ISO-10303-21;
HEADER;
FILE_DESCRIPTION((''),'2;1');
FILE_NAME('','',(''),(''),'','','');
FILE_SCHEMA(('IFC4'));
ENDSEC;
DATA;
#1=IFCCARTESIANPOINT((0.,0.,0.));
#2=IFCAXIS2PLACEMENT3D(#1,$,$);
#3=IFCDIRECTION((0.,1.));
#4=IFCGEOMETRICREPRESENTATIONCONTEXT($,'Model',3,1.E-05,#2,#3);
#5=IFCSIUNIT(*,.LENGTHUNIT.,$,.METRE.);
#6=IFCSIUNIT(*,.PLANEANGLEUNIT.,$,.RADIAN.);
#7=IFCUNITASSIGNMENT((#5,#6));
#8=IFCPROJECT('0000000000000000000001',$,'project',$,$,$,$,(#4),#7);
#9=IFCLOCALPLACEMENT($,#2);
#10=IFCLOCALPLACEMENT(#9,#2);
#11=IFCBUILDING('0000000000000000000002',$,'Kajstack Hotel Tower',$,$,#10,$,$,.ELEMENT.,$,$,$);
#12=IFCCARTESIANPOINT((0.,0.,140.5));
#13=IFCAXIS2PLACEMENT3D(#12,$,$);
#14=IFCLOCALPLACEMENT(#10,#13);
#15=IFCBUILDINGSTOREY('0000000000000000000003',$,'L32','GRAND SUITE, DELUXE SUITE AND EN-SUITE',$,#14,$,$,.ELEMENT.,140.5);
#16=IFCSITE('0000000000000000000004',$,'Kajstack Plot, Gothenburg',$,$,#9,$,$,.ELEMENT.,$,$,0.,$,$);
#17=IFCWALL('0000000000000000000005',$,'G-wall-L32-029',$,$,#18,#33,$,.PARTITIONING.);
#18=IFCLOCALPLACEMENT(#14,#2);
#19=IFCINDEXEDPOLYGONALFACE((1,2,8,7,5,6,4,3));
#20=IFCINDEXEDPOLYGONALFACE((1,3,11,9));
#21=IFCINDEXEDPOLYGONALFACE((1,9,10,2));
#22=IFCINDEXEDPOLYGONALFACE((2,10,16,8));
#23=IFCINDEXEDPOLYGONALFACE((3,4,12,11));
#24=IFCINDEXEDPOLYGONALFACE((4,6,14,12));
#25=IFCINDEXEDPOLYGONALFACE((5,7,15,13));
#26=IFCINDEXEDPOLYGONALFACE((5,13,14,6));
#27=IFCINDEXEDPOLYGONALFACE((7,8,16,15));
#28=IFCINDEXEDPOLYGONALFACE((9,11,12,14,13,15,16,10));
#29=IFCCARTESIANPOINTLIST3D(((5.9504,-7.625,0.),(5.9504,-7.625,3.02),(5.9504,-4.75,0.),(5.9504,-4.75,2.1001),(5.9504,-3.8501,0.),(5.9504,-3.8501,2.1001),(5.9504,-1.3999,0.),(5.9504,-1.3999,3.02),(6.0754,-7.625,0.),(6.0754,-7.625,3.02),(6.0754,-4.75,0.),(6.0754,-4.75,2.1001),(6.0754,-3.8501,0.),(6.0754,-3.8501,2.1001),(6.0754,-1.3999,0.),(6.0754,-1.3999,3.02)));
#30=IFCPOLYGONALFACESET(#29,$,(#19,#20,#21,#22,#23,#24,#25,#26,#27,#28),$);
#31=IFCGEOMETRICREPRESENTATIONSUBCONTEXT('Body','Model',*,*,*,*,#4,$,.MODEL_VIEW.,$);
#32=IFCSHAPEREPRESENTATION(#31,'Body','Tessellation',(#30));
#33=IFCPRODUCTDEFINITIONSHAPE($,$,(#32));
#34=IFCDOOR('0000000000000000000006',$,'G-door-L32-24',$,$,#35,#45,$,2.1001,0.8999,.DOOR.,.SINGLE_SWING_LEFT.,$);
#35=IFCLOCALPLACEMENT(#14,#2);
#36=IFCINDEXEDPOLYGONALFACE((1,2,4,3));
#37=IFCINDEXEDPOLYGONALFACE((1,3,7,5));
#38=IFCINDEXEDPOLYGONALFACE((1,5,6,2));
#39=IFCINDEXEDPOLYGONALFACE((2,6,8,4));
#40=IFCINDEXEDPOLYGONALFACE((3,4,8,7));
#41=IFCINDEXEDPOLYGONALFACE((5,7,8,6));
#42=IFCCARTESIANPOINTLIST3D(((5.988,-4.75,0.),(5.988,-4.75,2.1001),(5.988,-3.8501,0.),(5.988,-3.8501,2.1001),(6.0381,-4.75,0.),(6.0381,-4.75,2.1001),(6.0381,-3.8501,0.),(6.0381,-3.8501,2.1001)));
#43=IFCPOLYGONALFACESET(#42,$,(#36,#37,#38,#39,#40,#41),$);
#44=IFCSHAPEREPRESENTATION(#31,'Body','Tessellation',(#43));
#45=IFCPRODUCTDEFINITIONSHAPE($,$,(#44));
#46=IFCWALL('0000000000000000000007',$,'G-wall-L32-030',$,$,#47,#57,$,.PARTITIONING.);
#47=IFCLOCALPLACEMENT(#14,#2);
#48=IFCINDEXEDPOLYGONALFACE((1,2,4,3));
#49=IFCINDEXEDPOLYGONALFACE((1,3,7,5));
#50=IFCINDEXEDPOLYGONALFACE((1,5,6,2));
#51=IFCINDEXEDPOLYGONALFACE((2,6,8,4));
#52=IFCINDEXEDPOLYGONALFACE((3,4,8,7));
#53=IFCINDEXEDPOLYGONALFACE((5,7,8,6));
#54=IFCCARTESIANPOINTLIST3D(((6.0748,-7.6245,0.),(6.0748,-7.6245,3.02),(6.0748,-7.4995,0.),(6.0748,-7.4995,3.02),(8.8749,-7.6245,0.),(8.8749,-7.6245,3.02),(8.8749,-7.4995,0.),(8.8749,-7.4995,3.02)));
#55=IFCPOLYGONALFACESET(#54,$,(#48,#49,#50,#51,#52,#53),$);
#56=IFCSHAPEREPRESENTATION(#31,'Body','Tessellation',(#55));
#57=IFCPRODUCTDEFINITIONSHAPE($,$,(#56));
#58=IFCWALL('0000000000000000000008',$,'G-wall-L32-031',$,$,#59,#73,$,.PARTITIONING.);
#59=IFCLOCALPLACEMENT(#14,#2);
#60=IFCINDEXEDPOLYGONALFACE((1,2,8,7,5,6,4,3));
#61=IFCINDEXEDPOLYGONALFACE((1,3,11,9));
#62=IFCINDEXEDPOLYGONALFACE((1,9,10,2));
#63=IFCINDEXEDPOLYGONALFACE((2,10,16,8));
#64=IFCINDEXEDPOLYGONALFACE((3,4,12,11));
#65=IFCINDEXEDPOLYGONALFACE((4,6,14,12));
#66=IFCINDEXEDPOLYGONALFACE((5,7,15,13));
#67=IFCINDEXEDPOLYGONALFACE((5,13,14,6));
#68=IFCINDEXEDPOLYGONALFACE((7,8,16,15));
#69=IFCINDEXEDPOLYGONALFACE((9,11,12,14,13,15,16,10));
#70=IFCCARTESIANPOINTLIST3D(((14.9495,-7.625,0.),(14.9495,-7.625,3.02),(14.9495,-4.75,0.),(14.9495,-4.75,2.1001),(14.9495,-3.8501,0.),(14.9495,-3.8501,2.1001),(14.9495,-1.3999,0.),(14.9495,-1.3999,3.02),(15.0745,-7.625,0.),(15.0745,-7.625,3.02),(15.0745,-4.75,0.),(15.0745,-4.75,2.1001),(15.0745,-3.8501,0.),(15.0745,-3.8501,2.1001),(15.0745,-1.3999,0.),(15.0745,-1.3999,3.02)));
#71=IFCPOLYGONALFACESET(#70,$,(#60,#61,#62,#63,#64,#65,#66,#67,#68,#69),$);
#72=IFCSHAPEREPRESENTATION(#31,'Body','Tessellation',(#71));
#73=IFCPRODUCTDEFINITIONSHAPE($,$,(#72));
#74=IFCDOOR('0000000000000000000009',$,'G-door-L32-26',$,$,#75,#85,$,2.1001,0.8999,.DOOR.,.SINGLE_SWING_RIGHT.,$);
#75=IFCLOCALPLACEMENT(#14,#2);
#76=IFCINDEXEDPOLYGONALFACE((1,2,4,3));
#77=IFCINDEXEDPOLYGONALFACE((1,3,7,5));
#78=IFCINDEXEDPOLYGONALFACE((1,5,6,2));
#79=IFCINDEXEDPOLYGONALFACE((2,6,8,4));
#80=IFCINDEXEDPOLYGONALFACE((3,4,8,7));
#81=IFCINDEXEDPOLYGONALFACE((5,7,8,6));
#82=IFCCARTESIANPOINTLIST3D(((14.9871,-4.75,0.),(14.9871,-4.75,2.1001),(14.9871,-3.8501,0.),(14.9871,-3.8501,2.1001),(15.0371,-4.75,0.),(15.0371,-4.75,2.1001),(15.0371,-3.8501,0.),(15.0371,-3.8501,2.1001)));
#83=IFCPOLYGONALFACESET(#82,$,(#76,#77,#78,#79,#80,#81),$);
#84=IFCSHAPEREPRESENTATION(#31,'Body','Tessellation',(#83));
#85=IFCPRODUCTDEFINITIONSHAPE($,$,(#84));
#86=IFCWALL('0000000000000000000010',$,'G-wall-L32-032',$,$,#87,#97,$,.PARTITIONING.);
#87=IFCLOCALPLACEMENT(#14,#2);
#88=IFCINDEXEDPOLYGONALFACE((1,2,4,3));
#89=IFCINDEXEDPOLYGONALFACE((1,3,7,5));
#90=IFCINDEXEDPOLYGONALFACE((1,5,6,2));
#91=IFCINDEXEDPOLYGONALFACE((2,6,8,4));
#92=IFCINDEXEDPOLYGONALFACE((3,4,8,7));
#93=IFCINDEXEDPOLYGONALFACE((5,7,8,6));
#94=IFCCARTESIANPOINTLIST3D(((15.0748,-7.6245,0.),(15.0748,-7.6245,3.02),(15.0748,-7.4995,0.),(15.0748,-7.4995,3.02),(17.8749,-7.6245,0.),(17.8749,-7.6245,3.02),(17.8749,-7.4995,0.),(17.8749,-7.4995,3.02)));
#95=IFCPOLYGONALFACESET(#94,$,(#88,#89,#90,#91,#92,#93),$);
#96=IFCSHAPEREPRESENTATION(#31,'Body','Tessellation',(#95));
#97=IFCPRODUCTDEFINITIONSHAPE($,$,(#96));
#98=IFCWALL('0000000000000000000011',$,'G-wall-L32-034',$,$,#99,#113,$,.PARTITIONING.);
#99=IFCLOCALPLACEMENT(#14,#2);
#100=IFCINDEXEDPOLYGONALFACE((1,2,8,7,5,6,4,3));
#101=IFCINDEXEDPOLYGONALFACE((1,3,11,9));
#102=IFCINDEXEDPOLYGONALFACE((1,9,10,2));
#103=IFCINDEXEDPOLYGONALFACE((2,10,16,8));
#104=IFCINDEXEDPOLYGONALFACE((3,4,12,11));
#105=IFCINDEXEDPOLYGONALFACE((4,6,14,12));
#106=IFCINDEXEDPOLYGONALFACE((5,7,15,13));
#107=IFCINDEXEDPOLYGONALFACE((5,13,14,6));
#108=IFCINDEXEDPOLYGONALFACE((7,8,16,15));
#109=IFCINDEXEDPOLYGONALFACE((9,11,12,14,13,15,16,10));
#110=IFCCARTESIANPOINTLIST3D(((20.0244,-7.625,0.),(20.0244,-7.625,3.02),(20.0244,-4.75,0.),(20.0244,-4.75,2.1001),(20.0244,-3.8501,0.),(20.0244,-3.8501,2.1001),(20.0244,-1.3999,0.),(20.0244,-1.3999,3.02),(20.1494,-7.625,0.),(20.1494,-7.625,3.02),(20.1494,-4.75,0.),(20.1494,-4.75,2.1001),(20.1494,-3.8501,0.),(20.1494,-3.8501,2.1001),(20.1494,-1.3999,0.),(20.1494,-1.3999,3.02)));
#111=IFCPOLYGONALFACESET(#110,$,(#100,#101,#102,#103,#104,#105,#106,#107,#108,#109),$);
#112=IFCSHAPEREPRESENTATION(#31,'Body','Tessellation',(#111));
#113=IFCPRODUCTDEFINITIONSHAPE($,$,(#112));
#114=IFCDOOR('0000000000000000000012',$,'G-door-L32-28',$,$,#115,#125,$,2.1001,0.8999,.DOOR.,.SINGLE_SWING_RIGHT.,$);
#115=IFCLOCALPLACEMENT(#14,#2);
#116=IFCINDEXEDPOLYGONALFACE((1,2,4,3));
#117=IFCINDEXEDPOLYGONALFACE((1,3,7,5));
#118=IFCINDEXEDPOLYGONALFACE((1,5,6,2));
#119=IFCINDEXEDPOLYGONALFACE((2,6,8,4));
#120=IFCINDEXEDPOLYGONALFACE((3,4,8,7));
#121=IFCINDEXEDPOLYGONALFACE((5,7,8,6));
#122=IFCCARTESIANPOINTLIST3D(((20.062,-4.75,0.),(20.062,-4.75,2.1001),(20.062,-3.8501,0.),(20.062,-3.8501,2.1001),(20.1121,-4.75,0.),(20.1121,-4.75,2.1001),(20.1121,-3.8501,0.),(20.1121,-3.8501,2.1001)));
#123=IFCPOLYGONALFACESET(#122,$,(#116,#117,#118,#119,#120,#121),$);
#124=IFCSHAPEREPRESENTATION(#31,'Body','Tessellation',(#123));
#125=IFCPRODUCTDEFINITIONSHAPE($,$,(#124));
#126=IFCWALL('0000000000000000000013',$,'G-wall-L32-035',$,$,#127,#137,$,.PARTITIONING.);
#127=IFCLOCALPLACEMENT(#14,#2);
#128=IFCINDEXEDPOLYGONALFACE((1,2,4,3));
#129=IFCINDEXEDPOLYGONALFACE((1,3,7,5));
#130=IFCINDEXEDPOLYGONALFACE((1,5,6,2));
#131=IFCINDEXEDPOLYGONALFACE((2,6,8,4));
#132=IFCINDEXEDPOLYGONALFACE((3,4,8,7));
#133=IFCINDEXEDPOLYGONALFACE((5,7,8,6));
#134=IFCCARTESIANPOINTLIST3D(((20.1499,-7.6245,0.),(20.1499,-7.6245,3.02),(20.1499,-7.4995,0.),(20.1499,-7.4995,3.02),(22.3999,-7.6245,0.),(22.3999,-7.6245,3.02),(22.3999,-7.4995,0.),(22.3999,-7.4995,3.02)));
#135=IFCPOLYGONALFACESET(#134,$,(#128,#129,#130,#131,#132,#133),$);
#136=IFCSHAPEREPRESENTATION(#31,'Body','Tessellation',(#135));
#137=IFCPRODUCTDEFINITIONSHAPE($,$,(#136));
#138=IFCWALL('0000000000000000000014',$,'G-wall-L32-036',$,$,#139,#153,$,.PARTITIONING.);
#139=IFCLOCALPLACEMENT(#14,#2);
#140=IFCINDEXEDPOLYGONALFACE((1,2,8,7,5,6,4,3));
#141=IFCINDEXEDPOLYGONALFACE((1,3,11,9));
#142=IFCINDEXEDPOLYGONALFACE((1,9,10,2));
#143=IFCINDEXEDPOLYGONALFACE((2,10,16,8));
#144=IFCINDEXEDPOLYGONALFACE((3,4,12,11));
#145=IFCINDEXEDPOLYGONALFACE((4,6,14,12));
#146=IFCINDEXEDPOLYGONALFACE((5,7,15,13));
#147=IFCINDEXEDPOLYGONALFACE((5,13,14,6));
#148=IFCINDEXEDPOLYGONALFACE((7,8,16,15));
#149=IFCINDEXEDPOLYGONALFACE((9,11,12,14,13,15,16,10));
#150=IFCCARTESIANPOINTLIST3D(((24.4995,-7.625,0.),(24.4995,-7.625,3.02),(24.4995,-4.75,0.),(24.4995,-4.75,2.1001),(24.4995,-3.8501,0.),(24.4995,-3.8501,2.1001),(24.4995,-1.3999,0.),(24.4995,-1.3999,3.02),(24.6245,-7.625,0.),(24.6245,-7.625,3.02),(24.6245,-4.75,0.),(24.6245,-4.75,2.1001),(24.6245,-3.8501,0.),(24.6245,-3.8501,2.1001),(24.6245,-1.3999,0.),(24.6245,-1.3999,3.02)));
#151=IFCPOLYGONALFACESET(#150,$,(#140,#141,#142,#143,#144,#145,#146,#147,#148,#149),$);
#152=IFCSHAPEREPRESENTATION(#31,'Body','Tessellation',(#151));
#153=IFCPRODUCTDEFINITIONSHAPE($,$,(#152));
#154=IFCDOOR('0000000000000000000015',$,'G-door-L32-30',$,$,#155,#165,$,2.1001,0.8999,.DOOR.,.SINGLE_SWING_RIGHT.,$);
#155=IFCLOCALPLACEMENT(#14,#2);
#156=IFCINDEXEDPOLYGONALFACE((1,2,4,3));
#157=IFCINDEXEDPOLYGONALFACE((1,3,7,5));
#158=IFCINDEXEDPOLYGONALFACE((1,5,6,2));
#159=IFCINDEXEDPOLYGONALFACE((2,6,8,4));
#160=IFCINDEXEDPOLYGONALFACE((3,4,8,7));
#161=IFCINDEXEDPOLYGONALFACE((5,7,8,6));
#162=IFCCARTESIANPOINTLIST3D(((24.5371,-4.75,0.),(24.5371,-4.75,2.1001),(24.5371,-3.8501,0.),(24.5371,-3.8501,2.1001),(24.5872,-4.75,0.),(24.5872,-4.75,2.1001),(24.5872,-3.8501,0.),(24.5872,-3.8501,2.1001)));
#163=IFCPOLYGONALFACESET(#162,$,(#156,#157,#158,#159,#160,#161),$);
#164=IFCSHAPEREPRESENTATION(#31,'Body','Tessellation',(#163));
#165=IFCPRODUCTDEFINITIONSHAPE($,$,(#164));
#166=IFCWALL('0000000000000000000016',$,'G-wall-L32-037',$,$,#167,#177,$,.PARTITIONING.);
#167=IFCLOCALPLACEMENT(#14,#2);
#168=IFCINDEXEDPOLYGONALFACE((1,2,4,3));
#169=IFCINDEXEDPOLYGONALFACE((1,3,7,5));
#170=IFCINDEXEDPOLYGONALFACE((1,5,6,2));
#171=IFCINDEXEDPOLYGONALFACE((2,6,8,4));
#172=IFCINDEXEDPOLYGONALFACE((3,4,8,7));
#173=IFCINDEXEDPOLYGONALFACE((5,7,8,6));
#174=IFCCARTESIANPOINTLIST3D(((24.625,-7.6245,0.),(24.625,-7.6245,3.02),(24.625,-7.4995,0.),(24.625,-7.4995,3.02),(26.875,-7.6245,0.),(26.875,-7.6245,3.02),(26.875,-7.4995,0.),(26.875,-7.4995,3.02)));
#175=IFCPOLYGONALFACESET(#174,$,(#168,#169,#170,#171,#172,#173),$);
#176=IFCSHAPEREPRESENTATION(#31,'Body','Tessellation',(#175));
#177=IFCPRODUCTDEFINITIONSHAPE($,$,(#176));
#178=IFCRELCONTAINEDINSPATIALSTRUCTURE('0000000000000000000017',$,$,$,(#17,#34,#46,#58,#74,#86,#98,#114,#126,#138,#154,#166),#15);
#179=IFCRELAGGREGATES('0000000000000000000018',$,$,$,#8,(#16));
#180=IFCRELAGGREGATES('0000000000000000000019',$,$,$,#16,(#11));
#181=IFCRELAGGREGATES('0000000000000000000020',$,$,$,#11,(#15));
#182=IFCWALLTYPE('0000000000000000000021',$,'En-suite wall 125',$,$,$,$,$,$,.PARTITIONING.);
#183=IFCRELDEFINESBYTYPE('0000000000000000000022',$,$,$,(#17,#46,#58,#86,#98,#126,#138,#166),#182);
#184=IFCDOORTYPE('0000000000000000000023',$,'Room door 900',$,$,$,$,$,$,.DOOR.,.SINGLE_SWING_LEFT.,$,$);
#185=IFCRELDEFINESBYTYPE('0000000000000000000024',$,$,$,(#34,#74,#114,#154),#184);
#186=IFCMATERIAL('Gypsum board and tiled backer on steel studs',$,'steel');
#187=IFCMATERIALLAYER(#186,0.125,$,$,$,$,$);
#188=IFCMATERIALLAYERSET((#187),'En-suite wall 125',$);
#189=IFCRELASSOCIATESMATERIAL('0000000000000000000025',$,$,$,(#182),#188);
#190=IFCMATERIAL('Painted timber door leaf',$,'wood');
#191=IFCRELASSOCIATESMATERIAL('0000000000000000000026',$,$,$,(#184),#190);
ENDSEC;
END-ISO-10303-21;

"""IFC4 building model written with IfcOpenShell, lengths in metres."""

from ifc_helpers import new_model, si_unit, direction, frame, frame_2d, origin, place, context, subcontext, project, spatial, rectangle, extrude, material, layer, layer_set, type_object, element, fill, save


model = new_model("IFC4")

# Units and contexts
model_context = context("Model", 3, precision=1e-05, world=origin(), true_north=direction((0.0, 1.0)))
body_context = subcontext(model_context, "Body", "Model", "MODEL_VIEW")
ifc_project = project(units=[si_unit("LENGTHUNIT", "METRE"), si_unit("PLANEANGLEUNIT", "RADIAN")], contexts=[model_context])

# Site, building, storey
site_placement = place(None, origin())
site = spatial("IfcSite", under=ifc_project, at=site_placement, Name="Kajstack Plot, Gothenburg", CompositionType="ELEMENT", RefElevation=0.0)
building_placement = place(site_placement, origin())
building = spatial("IfcBuilding", under=site, at=building_placement, Name="Kajstack Hotel Tower", CompositionType="ELEMENT")
storey_placement = place(building_placement, frame((0.0, 0.0, 140.5)))
storey = spatial("IfcBuildingStorey", under=building, at=storey_placement, Name="L32", Description="GRAND SUITE, DELUXE SUITE AND EN-SUITE", CompositionType="ELEMENT", Elevation=140.5)

# Wall, opening, door
ifc_material_1 = material(Name="Gypsum board and tiled backer on steel studs", Category="steel")
ifc_layer_1 = layer(ifc_material_1, 0.125)
ifc_layer_set_1 = layer_set([ifc_layer_1], Name="En-suite wall 125")
wall_type_1 = type_object("IfcWallType", Name="En-suite wall 125", PredefinedType="PARTITIONING", material=ifc_layer_set_1)
ifc_material_2 = material(Name="Painted timber door leaf", Category="wood")
door_type_1 = type_object("IfcDoorType", Name="Room door 900", OperationType="SINGLE_SWING_LEFT", PredefinedType="DOOR", material=ifc_material_2)
wall_1_placement = place(storey_placement, frame((6.0129, -7.625, 0.0), z_axis=(0.0, 0.0, 1.0), x_axis=(0.0, 1.0, 0.0)))
wall_1 = element("IfcWall", 1, at=wall_1_placement, inside=storey, type_object=wall_type_1, Name="G-wall-L32-029", PredefinedType="PARTITIONING", context=body_context, shape_type="SweptSolid", body=[
    extrude(rectangle(XDim=6.2251, YDim=0.125, at=frame_2d((3.1125, 0.0))), origin(), (0.0, 0.0, 1.0), 3.02),
])
opening_1_placement = place(wall_1_placement, frame((2.875, 0.0, 0.0)))
opening_1 = element("IfcOpeningElement", 2, at=opening_1_placement, cuts=wall_1, PredefinedType="OPENING", context=body_context, shape_type="SweptSolid", body=[
    extrude(rectangle(XDim=0.8999, YDim=2.1001, at=frame_2d((0.45, 1.05))), frame((0.0, 0.0725, 0.0), z_axis=(0.0, -1.0, 0.0), x_axis=(1.0, 0.0, 0.0)), (0.0, 0.0, 1.0), 0.145),
])
door_1_placement = place(opening_1_placement, origin())
door_1 = element("IfcDoor", 3, at=door_1_placement, inside=storey, type_object=door_type_1, Name="G-door-L32-24", OperationType="SINGLE_SWING_LEFT", OverallHeight=2.1001, OverallWidth=0.8999, PredefinedType="DOOR", context=body_context, shape_type="SweptSolid", body=[
    extrude(rectangle(XDim=0.8999, YDim=2.1001, at=frame_2d((0.45, 1.05))), frame((0.0, 0.0249, 0.0), z_axis=(0.0, -1.0, 0.0), x_axis=(1.0, 0.0, 0.0)), (0.0, 0.0, 1.0), 0.05),
])
fill(opening_1, door_1)

# Wall
wall_2_placement = place(storey_placement, frame((6.075, -7.562, 0.0), z_axis=(0.0, 0.0, 1.0), x_axis=(1.0, 0.0, 0.0)))
element("IfcWall", 4, at=wall_2_placement, inside=storey, type_object=wall_type_1, Name="G-wall-L32-030", PredefinedType="PARTITIONING", context=body_context, shape_type="SweptSolid", body=[
    extrude(rectangle(XDim=2.8, YDim=0.125, at=frame_2d((1.3999, 0.0))), origin(), (0.0, 0.0, 1.0), 3.02),
])

# Wall, opening, door
wall_3_placement = place(storey_placement, frame((15.012, -7.625, 0.0), z_axis=(0.0, 0.0, 1.0), x_axis=(0.0, 1.0, 0.0)))
wall_3 = element("IfcWall", 5, at=wall_3_placement, inside=storey, type_object=wall_type_1, Name="G-wall-L32-031", PredefinedType="PARTITIONING", context=body_context, shape_type="SweptSolid", body=[
    extrude(rectangle(XDim=6.2251, YDim=0.125, at=frame_2d((3.1125, 0.0))), origin(), (0.0, 0.0, 1.0), 3.02),
])
opening_2_placement = place(wall_3_placement, frame((2.875, 0.0, 0.0)))
opening_2 = element("IfcOpeningElement", 6, at=opening_2_placement, cuts=wall_3, PredefinedType="OPENING", context=body_context, shape_type="SweptSolid", body=[
    extrude(rectangle(XDim=0.8999, YDim=2.1001, at=frame_2d((0.45, 1.05))), frame((0.0, 0.0725, 0.0), z_axis=(0.0, -1.0, 0.0), x_axis=(1.0, 0.0, 0.0)), (0.0, 0.0, 1.0), 0.145),
])
door_2_placement = place(opening_2_placement, origin())
door_2 = element("IfcDoor", 7, at=door_2_placement, inside=storey, type_object=door_type_1, Name="G-door-L32-26", OperationType="SINGLE_SWING_RIGHT", OverallHeight=2.1001, OverallWidth=0.8999, PredefinedType="DOOR", context=body_context, shape_type="SweptSolid", body=[
    extrude(rectangle(XDim=0.8999, YDim=2.1001, at=frame_2d((0.45, 1.05))), frame((0.0, 0.0249, 0.0), z_axis=(0.0, -1.0, 0.0), x_axis=(1.0, 0.0, 0.0)), (0.0, 0.0, 1.0), 0.05),
])
fill(opening_2, door_2)

# Wall
wall_4_placement = place(storey_placement, frame((15.075, -7.562, 0.0), z_axis=(0.0, 0.0, 1.0), x_axis=(1.0, 0.0, 0.0)))
element("IfcWall", 8, at=wall_4_placement, inside=storey, type_object=wall_type_1, Name="G-wall-L32-032", PredefinedType="PARTITIONING", context=body_context, shape_type="SweptSolid", body=[
    extrude(rectangle(XDim=2.8, YDim=0.125, at=frame_2d((1.3999, 0.0))), origin(), (0.0, 0.0, 1.0), 3.02),
])

# Wall, opening, door
wall_5_placement = place(storey_placement, frame((20.0869, -7.625, 0.0), z_axis=(0.0, 0.0, 1.0), x_axis=(0.0, 1.0, 0.0)))
wall_5 = element("IfcWall", 9, at=wall_5_placement, inside=storey, type_object=wall_type_1, Name="G-wall-L32-034", PredefinedType="PARTITIONING", context=body_context, shape_type="SweptSolid", body=[
    extrude(rectangle(XDim=6.2251, YDim=0.125, at=frame_2d((3.1125, 0.0))), origin(), (0.0, 0.0, 1.0), 3.02),
])
opening_3_placement = place(wall_5_placement, frame((2.875, 0.0, 0.0)))
opening_3 = element("IfcOpeningElement", 10, at=opening_3_placement, cuts=wall_5, PredefinedType="OPENING", context=body_context, shape_type="SweptSolid", body=[
    extrude(rectangle(XDim=0.8999, YDim=2.1001, at=frame_2d((0.45, 1.05))), frame((0.0, 0.0725, 0.0), z_axis=(0.0, -1.0, 0.0), x_axis=(1.0, 0.0, 0.0)), (0.0, 0.0, 1.0), 0.145),
])
door_3_placement = place(opening_3_placement, origin())
door_3 = element("IfcDoor", 11, at=door_3_placement, inside=storey, type_object=door_type_1, Name="G-door-L32-28", OperationType="SINGLE_SWING_RIGHT", OverallHeight=2.1001, OverallWidth=0.8999, PredefinedType="DOOR", context=body_context, shape_type="SweptSolid", body=[
    extrude(rectangle(XDim=0.8999, YDim=2.1001, at=frame_2d((0.45, 1.05))), frame((0.0, 0.0249, 0.0), z_axis=(0.0, -1.0, 0.0), x_axis=(1.0, 0.0, 0.0)), (0.0, 0.0, 1.0), 0.05),
])
fill(opening_3, door_3)

# Wall
wall_6_placement = place(storey_placement, frame((20.1499, -7.562, 0.0), z_axis=(0.0, 0.0, 1.0), x_axis=(1.0, 0.0, 0.0)))
element("IfcWall", 12, at=wall_6_placement, inside=storey, type_object=wall_type_1, Name="G-wall-L32-035", PredefinedType="PARTITIONING", context=body_context, shape_type="SweptSolid", body=[
    extrude(rectangle(XDim=2.25, YDim=0.125, at=frame_2d((1.125, 0.0))), origin(), (0.0, 0.0, 1.0), 3.02),
])

# Wall, opening, door
wall_7_placement = place(storey_placement, frame((24.562, -7.625, 0.0), z_axis=(0.0, 0.0, 1.0), x_axis=(0.0, 1.0, 0.0)))
wall_7 = element("IfcWall", 13, at=wall_7_placement, inside=storey, type_object=wall_type_1, Name="G-wall-L32-036", PredefinedType="PARTITIONING", context=body_context, shape_type="SweptSolid", body=[
    extrude(rectangle(XDim=6.2251, YDim=0.125, at=frame_2d((3.1125, 0.0))), origin(), (0.0, 0.0, 1.0), 3.02),
])
opening_4_placement = place(wall_7_placement, frame((2.875, 0.0, 0.0)))
opening_4 = element("IfcOpeningElement", 14, at=opening_4_placement, cuts=wall_7, PredefinedType="OPENING", context=body_context, shape_type="SweptSolid", body=[
    extrude(rectangle(XDim=0.8999, YDim=2.1001, at=frame_2d((0.45, 1.05))), frame((0.0, 0.0725, 0.0), z_axis=(0.0, -1.0, 0.0), x_axis=(1.0, 0.0, 0.0)), (0.0, 0.0, 1.0), 0.145),
])
door_4_placement = place(opening_4_placement, origin())
door_4 = element("IfcDoor", 15, at=door_4_placement, inside=storey, type_object=door_type_1, Name="G-door-L32-30", OperationType="SINGLE_SWING_RIGHT", OverallHeight=2.1001, OverallWidth=0.8999, PredefinedType="DOOR", context=body_context, shape_type="SweptSolid", body=[
    extrude(rectangle(XDim=0.8999, YDim=2.1001, at=frame_2d((0.45, 1.05))), frame((0.0, 0.0249, 0.0), z_axis=(0.0, -1.0, 0.0), x_axis=(1.0, 0.0, 0.0)), (0.0, 0.0, 1.0), 0.05),
])
fill(opening_4, door_4)

# Wall
wall_8_placement = place(storey_placement, frame((24.625, -7.562, 0.0), z_axis=(0.0, 0.0, 1.0), x_axis=(1.0, 0.0, 0.0)))
element("IfcWall", 16, at=wall_8_placement, inside=storey, type_object=wall_type_1, Name="G-wall-L32-037", PredefinedType="PARTITIONING", context=body_context, shape_type="SweptSolid", body=[
    extrude(rectangle(XDim=2.25, YDim=0.125, at=frame_2d((1.125, 0.0))), origin(), (0.0, 0.0, 1.0), 3.02),
])

save(model, "model.ifc")
